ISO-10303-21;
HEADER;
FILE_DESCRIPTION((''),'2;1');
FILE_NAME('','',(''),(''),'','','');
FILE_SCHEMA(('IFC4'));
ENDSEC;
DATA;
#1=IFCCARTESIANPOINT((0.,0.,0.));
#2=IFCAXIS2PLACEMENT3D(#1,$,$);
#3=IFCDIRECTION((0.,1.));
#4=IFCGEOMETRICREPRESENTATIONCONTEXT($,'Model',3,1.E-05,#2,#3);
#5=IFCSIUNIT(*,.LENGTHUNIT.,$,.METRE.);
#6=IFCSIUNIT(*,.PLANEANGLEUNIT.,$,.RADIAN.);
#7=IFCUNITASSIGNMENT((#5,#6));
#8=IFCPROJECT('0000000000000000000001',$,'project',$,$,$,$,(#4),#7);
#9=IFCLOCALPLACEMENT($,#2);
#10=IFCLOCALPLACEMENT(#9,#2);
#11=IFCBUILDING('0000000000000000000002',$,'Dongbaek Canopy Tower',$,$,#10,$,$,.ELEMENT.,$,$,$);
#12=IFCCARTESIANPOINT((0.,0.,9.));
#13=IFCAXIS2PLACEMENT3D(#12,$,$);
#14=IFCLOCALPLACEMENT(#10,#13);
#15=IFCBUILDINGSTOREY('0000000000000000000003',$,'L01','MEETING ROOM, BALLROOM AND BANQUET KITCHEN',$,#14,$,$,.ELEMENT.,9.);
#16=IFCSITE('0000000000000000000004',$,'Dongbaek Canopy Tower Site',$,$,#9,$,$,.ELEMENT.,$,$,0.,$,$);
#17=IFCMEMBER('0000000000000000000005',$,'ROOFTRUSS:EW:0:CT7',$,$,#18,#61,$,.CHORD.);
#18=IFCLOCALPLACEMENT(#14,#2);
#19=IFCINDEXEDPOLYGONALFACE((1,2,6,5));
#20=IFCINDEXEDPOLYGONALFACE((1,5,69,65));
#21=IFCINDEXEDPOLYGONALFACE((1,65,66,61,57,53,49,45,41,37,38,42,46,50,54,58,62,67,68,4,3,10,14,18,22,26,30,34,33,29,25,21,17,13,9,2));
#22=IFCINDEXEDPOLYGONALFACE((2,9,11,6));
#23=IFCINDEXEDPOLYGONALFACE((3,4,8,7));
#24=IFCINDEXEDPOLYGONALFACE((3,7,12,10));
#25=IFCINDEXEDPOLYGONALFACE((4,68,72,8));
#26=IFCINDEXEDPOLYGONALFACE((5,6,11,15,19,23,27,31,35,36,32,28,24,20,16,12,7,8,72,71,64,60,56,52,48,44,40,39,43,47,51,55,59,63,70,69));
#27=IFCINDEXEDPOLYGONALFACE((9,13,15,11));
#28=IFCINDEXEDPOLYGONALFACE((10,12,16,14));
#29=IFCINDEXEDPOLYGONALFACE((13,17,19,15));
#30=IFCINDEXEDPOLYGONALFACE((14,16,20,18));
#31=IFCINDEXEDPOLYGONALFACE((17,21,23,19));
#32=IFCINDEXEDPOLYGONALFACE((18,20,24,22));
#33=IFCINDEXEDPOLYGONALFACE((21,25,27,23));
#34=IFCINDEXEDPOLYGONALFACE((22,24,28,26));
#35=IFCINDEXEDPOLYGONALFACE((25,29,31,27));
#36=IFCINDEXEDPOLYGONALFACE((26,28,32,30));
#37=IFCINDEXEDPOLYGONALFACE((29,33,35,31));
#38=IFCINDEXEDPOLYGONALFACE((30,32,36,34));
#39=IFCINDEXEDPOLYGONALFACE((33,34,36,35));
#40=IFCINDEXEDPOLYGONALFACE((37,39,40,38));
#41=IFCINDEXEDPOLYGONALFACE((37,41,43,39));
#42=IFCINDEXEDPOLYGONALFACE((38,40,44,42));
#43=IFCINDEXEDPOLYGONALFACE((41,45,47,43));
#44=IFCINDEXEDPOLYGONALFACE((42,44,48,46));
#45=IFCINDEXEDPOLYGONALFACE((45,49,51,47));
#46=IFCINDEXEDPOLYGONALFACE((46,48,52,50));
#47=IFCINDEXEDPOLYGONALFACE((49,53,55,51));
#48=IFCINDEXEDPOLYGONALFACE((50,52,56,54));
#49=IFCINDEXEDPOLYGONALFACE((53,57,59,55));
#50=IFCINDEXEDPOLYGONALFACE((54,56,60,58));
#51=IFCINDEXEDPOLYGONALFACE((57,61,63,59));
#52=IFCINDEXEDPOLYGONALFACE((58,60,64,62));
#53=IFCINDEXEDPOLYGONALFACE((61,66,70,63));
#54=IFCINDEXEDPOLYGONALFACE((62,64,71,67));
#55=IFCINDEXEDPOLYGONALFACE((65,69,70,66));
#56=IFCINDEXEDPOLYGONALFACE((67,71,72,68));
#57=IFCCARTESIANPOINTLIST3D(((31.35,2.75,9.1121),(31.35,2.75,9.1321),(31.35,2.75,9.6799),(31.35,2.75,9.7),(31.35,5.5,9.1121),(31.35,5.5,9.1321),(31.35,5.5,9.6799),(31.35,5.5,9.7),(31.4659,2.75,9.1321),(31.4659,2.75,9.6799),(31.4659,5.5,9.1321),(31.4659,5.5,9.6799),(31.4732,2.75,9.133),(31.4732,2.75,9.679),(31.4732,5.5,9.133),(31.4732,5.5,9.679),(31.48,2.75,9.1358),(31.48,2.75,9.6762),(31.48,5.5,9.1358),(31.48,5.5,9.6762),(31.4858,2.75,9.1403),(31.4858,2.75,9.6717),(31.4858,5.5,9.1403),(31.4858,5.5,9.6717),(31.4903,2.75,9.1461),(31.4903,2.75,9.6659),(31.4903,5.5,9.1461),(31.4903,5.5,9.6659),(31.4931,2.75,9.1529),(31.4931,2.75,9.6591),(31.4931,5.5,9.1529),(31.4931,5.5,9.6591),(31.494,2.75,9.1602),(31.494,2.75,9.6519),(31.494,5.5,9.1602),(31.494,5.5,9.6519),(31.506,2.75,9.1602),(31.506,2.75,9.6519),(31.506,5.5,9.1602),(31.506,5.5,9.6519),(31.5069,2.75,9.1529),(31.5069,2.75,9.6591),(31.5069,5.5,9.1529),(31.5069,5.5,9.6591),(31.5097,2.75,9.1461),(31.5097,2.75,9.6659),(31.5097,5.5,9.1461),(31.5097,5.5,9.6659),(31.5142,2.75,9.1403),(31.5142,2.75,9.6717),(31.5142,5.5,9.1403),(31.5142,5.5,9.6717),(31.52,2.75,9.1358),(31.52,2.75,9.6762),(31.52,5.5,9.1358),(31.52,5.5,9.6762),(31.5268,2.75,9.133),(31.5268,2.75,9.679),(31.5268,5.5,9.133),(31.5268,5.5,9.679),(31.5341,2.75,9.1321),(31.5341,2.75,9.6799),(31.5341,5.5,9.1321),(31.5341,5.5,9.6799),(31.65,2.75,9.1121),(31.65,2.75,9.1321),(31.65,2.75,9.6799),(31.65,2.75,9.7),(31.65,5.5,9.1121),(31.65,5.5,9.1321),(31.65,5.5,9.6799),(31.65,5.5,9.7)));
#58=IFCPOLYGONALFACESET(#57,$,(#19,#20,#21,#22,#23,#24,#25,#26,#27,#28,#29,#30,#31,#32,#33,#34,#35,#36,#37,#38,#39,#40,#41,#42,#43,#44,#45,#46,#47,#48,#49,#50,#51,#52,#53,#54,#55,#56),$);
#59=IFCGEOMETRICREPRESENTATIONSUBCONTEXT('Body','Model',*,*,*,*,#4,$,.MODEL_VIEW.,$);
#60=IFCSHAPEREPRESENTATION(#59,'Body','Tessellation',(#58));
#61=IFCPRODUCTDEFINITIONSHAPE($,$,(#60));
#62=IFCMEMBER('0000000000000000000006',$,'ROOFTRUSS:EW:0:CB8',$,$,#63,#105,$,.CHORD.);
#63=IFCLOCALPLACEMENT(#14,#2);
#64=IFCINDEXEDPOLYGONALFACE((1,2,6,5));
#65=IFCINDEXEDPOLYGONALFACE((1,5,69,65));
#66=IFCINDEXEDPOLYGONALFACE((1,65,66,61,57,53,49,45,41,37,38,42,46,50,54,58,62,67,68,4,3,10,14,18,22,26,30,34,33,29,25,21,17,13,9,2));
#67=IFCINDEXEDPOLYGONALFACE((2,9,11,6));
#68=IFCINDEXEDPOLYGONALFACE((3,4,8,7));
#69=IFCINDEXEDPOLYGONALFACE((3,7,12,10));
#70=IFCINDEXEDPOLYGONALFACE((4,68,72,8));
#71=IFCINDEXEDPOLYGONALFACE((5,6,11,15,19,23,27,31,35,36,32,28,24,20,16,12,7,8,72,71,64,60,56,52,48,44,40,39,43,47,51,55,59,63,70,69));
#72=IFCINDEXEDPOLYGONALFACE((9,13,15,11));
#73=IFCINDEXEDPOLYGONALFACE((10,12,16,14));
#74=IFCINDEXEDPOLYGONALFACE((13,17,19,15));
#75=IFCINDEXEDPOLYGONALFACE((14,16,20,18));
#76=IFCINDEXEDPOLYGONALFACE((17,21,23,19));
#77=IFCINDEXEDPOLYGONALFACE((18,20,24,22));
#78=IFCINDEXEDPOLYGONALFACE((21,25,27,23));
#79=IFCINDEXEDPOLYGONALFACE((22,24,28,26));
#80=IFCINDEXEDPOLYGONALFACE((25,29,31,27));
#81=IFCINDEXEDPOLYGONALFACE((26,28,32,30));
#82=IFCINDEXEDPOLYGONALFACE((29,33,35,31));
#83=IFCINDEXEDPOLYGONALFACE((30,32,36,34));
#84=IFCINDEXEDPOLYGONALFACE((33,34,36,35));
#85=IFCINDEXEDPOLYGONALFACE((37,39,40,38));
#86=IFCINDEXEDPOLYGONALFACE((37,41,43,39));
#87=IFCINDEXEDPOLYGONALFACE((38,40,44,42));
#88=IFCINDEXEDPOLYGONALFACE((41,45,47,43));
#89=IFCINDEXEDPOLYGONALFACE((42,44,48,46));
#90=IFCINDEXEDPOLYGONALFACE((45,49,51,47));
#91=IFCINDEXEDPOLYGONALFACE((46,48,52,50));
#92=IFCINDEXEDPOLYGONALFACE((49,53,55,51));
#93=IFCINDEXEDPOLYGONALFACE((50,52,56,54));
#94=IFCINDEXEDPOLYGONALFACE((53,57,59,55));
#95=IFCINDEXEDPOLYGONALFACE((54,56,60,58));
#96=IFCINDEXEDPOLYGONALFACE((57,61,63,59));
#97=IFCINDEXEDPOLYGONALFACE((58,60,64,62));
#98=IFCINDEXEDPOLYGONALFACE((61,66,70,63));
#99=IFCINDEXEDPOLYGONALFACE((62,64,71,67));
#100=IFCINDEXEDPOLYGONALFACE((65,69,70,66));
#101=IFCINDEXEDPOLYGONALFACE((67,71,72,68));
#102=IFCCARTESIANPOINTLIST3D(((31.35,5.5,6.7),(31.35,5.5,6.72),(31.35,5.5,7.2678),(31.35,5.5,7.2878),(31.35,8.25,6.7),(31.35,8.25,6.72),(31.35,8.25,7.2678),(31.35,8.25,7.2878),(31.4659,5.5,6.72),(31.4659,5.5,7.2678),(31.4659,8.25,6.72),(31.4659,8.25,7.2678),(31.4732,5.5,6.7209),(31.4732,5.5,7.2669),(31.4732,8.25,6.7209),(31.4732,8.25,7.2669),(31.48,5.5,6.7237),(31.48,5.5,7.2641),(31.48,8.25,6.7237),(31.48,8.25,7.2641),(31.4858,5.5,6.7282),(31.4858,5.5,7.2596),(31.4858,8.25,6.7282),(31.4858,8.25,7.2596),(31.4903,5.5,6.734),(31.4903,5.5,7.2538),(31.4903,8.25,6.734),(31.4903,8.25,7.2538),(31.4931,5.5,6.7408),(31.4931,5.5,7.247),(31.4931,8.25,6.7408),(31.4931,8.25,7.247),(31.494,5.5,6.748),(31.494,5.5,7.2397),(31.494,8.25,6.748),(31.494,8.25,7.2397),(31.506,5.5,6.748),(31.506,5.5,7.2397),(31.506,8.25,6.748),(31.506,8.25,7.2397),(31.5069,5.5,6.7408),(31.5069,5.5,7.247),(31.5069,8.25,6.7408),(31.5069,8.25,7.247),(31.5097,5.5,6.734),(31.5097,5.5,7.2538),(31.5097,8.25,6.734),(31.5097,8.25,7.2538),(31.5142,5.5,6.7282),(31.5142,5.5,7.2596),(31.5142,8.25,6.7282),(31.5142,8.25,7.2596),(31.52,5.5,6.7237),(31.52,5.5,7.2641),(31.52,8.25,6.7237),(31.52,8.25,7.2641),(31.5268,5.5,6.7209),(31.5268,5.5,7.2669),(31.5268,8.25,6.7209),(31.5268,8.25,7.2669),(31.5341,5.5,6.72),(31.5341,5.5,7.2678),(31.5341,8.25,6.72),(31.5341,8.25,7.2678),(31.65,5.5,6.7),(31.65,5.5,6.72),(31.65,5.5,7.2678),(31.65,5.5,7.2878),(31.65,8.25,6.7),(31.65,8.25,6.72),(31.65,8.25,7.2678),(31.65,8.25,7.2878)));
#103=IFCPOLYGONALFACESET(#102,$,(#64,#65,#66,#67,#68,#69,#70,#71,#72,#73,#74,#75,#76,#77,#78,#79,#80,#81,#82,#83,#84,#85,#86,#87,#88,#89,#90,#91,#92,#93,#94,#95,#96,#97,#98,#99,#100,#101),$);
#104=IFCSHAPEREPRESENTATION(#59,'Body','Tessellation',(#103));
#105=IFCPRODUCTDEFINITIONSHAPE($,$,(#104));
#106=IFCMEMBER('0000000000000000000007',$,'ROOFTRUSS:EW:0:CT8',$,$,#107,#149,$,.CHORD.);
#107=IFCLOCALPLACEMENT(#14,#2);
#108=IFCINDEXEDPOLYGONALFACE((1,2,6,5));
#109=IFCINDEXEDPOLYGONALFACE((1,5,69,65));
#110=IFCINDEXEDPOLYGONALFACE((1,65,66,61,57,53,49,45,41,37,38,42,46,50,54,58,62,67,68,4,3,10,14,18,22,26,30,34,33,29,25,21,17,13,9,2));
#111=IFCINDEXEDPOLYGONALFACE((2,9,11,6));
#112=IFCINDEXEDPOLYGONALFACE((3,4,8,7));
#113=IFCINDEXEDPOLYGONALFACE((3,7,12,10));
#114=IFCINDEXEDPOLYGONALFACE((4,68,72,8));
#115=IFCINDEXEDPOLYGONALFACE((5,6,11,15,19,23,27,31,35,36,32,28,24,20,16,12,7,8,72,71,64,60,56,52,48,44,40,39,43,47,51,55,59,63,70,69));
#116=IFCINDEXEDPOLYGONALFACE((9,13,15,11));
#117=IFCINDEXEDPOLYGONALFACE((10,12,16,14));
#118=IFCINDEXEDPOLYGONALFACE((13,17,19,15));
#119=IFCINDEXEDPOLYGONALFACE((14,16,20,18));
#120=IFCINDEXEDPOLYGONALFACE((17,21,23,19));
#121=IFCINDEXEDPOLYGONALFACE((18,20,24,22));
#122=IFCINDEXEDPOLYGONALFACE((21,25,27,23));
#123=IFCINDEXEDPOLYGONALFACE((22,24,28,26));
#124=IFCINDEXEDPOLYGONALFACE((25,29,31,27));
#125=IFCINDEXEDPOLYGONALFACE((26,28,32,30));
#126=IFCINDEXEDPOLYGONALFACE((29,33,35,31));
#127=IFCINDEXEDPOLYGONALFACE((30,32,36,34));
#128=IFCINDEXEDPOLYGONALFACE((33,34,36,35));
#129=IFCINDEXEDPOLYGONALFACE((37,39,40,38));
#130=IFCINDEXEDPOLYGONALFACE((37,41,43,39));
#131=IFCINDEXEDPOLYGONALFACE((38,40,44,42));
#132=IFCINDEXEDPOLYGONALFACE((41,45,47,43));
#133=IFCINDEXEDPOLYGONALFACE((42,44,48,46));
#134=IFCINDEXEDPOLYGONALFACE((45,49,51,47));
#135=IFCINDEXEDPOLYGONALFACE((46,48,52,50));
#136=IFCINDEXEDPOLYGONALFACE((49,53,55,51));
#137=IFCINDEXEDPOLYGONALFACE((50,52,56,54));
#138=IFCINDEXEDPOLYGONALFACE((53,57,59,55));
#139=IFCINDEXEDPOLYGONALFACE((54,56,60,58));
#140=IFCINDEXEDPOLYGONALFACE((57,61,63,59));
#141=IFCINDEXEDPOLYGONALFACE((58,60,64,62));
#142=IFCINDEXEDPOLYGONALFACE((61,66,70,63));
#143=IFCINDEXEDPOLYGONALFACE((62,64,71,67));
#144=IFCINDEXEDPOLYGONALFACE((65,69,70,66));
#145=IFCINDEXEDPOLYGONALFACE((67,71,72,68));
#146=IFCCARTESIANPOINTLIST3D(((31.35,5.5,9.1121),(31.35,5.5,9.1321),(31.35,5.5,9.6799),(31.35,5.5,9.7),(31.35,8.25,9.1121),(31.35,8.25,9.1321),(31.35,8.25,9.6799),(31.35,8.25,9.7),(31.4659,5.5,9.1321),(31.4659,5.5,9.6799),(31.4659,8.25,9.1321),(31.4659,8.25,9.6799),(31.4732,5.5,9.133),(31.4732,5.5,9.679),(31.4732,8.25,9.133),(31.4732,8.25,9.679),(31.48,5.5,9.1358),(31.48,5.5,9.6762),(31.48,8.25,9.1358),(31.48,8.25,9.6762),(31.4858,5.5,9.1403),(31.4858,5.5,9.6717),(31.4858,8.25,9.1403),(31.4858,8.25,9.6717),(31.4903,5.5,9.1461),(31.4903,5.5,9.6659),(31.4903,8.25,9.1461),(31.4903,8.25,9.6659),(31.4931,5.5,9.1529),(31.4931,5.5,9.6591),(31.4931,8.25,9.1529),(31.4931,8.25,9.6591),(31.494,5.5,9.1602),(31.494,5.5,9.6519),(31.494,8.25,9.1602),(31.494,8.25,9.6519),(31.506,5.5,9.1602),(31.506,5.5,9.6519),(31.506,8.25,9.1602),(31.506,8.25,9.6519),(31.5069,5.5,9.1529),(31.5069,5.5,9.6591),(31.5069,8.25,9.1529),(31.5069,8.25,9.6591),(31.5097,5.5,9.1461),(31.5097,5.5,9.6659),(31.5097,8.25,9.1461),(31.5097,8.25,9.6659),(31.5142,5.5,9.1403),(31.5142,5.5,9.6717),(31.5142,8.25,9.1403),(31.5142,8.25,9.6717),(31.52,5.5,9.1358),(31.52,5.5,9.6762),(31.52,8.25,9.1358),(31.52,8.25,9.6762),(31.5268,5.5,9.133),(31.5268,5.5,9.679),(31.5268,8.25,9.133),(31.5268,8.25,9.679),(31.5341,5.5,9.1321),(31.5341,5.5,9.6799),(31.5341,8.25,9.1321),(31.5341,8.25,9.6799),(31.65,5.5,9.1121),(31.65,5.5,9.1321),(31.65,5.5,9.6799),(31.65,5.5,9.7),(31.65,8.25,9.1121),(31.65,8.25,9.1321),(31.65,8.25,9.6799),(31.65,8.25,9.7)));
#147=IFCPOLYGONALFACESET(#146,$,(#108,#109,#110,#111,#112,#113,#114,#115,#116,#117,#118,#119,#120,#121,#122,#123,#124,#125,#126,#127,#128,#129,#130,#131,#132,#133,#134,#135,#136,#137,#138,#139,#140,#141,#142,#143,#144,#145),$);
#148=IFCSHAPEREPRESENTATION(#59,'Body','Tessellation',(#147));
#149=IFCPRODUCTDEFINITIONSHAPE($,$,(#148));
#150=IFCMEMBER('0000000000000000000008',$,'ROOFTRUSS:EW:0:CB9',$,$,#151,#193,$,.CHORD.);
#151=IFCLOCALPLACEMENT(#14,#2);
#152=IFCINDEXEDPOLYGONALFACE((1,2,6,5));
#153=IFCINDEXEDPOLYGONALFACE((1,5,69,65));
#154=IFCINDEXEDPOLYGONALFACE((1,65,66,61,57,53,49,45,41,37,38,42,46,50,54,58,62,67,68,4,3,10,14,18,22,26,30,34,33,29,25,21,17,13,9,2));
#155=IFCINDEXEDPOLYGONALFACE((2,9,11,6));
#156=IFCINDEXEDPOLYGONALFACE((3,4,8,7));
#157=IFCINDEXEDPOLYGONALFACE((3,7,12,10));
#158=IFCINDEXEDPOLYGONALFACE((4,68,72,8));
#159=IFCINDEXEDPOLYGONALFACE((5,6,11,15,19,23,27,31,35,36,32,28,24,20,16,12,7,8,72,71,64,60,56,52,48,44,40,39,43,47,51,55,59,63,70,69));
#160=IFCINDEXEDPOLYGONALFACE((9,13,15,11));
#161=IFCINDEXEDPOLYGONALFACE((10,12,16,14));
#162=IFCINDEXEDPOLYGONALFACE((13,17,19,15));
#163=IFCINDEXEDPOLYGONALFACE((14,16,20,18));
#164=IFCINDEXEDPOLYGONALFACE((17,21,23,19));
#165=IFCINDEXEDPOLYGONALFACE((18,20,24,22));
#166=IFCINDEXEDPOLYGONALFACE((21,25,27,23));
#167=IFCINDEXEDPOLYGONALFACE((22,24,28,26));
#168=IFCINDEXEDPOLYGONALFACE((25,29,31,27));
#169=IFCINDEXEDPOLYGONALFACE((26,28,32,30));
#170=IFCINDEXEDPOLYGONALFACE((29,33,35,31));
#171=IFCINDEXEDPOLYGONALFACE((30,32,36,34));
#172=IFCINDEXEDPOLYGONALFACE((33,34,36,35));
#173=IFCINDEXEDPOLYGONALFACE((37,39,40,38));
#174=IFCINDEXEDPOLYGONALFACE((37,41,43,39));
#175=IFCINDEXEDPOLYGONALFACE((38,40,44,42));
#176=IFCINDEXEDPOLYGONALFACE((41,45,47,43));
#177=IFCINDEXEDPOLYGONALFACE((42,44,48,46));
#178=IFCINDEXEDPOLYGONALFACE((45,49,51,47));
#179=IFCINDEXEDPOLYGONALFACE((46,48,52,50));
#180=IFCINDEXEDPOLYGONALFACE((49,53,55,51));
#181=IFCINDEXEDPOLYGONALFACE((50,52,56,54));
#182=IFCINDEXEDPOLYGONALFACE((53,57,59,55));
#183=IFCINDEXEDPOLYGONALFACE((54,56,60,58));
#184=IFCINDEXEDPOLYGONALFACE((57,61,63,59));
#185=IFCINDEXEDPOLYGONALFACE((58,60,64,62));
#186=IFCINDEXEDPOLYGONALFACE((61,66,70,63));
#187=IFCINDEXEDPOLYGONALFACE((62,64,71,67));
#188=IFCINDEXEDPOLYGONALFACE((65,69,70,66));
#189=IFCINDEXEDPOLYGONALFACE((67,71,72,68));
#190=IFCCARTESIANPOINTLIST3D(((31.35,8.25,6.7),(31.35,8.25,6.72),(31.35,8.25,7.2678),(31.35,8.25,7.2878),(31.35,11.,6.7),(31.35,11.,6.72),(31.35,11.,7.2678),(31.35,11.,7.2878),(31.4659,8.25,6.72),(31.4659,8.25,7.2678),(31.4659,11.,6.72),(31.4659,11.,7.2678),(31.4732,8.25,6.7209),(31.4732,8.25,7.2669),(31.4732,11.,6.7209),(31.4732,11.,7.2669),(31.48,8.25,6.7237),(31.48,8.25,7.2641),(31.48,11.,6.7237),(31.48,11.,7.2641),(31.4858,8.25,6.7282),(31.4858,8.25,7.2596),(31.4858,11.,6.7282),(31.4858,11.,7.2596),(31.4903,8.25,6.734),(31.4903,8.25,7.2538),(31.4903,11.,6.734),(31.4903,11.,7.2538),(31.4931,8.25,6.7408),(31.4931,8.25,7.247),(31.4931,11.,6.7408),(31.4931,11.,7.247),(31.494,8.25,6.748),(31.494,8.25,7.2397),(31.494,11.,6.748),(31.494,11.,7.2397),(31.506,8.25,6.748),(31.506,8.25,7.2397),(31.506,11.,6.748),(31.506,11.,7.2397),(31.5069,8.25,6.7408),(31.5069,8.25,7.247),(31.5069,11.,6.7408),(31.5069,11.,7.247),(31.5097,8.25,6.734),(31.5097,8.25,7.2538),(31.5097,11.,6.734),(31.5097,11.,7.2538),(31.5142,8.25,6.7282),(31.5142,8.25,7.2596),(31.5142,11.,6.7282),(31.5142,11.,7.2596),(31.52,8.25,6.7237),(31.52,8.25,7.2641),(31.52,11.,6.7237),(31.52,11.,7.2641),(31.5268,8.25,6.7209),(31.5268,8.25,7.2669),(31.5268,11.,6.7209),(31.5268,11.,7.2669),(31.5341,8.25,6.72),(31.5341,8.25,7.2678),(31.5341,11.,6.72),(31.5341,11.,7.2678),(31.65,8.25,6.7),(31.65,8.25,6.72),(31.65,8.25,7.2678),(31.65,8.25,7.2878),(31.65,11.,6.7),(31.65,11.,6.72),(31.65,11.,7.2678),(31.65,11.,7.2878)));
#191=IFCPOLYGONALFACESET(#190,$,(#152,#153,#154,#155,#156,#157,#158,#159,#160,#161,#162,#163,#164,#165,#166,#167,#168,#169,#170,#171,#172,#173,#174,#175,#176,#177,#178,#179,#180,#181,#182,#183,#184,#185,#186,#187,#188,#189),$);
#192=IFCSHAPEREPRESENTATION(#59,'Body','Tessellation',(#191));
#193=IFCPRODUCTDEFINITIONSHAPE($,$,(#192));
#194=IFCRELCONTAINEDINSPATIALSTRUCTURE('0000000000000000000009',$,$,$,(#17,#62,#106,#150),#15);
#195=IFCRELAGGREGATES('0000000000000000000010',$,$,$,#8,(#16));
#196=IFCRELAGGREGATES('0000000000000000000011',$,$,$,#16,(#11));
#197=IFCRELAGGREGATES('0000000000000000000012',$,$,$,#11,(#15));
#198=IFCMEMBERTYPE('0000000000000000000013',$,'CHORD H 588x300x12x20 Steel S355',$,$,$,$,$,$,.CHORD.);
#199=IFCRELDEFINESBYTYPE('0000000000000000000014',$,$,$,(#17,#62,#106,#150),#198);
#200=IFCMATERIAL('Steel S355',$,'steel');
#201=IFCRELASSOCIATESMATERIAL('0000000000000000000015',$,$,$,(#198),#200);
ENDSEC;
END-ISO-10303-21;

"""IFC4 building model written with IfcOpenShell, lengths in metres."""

from ifc_helpers import new_model, si_unit, direction, frame, origin, origin_2d, place, context, subcontext, project, spatial, i_section, extrude, material, material_profile, profile_set, type_object, element, save


model = new_model("IFC4")

# Units and contexts
model_context = context("Model", 3, precision=1e-05, world=origin(), true_north=direction((0.0, 1.0)))
body_context = subcontext(model_context, "Body", "Model", "MODEL_VIEW")
ifc_project = project(units=[si_unit("LENGTHUNIT", "METRE"), si_unit("PLANEANGLEUNIT", "RADIAN")], contexts=[model_context])

# Site, building, storey
site_placement = place(None, origin())
site = spatial("IfcSite", under=ifc_project, at=site_placement, Name="Dongbaek Canopy Tower Site", CompositionType="ELEMENT", RefElevation=0.0)
building_placement = place(site_placement, origin())
building = spatial("IfcBuilding", under=site, at=building_placement, Name="Dongbaek Canopy Tower", CompositionType="ELEMENT")
storey_placement = place(building_placement, frame((0.0, 0.0, 9.0)))
storey = spatial("IfcBuildingStorey", under=building, at=storey_placement, Name="L01", Description="MEETING ROOM, BALLROOM AND BANQUET KITCHEN", CompositionType="ELEMENT", Elevation=9.0)

# Members
ifc_material_1 = material(Name="Steel S355", Category="steel")
ifc_material_profile_1 = material_profile(ifc_material_1, i_section(OverallWidth=0.3, OverallDepth=0.5879, WebThickness=0.012, FlangeThickness=0.02, FilletRadius=0.0281, at=origin_2d()), Name="CHORD H 588x300x12x20 Steel S355")
ifc_profile_set_1 = profile_set([ifc_material_profile_1], Name="Steel S355")
member_type_1 = type_object("IfcMemberType", Name="CHORD H 588x300x12x20 Steel S355", PredefinedType="CHORD", material=ifc_profile_set_1)
for number, where, z_axis, x_axis, name in (
    (1, (31.5, 2.75, 9.406), (0.0, 1.0, 0.0), (-1.0, 0.0, 0.0), "ROOFTRUSS:EW:0:CT7"),
    (2, (31.5, 5.5, 6.9939), (0.0, 1.0, 0.0), (-1.0, 0.0, 0.0), "ROOFTRUSS:EW:0:CB8"),
    (3, (31.5, 5.5, 9.406), (0.0, 1.0, 0.0), (-1.0, 0.0, 0.0), "ROOFTRUSS:EW:0:CT8"),
    (4, (31.5, 8.25, 6.9939), (0.0, 1.0, 0.0), (-1.0, 0.0, 0.0), "ROOFTRUSS:EW:0:CB9"),
):
    element("IfcMember", number, at=place(storey_placement, frame(where, z_axis=z_axis, x_axis=x_axis)), inside=storey, type_object=member_type_1, Name=name, PredefinedType="CHORD", context=body_context, shape_type="SweptSolid", body=[
        extrude(i_section(OverallWidth=0.3, OverallDepth=0.5879, WebThickness=0.012, FlangeThickness=0.02, FilletRadius=0.0281, at=origin_2d()), origin(), (0.0, 0.0, 1.0), 2.75),
    ])

save(model, "model.ifc")
